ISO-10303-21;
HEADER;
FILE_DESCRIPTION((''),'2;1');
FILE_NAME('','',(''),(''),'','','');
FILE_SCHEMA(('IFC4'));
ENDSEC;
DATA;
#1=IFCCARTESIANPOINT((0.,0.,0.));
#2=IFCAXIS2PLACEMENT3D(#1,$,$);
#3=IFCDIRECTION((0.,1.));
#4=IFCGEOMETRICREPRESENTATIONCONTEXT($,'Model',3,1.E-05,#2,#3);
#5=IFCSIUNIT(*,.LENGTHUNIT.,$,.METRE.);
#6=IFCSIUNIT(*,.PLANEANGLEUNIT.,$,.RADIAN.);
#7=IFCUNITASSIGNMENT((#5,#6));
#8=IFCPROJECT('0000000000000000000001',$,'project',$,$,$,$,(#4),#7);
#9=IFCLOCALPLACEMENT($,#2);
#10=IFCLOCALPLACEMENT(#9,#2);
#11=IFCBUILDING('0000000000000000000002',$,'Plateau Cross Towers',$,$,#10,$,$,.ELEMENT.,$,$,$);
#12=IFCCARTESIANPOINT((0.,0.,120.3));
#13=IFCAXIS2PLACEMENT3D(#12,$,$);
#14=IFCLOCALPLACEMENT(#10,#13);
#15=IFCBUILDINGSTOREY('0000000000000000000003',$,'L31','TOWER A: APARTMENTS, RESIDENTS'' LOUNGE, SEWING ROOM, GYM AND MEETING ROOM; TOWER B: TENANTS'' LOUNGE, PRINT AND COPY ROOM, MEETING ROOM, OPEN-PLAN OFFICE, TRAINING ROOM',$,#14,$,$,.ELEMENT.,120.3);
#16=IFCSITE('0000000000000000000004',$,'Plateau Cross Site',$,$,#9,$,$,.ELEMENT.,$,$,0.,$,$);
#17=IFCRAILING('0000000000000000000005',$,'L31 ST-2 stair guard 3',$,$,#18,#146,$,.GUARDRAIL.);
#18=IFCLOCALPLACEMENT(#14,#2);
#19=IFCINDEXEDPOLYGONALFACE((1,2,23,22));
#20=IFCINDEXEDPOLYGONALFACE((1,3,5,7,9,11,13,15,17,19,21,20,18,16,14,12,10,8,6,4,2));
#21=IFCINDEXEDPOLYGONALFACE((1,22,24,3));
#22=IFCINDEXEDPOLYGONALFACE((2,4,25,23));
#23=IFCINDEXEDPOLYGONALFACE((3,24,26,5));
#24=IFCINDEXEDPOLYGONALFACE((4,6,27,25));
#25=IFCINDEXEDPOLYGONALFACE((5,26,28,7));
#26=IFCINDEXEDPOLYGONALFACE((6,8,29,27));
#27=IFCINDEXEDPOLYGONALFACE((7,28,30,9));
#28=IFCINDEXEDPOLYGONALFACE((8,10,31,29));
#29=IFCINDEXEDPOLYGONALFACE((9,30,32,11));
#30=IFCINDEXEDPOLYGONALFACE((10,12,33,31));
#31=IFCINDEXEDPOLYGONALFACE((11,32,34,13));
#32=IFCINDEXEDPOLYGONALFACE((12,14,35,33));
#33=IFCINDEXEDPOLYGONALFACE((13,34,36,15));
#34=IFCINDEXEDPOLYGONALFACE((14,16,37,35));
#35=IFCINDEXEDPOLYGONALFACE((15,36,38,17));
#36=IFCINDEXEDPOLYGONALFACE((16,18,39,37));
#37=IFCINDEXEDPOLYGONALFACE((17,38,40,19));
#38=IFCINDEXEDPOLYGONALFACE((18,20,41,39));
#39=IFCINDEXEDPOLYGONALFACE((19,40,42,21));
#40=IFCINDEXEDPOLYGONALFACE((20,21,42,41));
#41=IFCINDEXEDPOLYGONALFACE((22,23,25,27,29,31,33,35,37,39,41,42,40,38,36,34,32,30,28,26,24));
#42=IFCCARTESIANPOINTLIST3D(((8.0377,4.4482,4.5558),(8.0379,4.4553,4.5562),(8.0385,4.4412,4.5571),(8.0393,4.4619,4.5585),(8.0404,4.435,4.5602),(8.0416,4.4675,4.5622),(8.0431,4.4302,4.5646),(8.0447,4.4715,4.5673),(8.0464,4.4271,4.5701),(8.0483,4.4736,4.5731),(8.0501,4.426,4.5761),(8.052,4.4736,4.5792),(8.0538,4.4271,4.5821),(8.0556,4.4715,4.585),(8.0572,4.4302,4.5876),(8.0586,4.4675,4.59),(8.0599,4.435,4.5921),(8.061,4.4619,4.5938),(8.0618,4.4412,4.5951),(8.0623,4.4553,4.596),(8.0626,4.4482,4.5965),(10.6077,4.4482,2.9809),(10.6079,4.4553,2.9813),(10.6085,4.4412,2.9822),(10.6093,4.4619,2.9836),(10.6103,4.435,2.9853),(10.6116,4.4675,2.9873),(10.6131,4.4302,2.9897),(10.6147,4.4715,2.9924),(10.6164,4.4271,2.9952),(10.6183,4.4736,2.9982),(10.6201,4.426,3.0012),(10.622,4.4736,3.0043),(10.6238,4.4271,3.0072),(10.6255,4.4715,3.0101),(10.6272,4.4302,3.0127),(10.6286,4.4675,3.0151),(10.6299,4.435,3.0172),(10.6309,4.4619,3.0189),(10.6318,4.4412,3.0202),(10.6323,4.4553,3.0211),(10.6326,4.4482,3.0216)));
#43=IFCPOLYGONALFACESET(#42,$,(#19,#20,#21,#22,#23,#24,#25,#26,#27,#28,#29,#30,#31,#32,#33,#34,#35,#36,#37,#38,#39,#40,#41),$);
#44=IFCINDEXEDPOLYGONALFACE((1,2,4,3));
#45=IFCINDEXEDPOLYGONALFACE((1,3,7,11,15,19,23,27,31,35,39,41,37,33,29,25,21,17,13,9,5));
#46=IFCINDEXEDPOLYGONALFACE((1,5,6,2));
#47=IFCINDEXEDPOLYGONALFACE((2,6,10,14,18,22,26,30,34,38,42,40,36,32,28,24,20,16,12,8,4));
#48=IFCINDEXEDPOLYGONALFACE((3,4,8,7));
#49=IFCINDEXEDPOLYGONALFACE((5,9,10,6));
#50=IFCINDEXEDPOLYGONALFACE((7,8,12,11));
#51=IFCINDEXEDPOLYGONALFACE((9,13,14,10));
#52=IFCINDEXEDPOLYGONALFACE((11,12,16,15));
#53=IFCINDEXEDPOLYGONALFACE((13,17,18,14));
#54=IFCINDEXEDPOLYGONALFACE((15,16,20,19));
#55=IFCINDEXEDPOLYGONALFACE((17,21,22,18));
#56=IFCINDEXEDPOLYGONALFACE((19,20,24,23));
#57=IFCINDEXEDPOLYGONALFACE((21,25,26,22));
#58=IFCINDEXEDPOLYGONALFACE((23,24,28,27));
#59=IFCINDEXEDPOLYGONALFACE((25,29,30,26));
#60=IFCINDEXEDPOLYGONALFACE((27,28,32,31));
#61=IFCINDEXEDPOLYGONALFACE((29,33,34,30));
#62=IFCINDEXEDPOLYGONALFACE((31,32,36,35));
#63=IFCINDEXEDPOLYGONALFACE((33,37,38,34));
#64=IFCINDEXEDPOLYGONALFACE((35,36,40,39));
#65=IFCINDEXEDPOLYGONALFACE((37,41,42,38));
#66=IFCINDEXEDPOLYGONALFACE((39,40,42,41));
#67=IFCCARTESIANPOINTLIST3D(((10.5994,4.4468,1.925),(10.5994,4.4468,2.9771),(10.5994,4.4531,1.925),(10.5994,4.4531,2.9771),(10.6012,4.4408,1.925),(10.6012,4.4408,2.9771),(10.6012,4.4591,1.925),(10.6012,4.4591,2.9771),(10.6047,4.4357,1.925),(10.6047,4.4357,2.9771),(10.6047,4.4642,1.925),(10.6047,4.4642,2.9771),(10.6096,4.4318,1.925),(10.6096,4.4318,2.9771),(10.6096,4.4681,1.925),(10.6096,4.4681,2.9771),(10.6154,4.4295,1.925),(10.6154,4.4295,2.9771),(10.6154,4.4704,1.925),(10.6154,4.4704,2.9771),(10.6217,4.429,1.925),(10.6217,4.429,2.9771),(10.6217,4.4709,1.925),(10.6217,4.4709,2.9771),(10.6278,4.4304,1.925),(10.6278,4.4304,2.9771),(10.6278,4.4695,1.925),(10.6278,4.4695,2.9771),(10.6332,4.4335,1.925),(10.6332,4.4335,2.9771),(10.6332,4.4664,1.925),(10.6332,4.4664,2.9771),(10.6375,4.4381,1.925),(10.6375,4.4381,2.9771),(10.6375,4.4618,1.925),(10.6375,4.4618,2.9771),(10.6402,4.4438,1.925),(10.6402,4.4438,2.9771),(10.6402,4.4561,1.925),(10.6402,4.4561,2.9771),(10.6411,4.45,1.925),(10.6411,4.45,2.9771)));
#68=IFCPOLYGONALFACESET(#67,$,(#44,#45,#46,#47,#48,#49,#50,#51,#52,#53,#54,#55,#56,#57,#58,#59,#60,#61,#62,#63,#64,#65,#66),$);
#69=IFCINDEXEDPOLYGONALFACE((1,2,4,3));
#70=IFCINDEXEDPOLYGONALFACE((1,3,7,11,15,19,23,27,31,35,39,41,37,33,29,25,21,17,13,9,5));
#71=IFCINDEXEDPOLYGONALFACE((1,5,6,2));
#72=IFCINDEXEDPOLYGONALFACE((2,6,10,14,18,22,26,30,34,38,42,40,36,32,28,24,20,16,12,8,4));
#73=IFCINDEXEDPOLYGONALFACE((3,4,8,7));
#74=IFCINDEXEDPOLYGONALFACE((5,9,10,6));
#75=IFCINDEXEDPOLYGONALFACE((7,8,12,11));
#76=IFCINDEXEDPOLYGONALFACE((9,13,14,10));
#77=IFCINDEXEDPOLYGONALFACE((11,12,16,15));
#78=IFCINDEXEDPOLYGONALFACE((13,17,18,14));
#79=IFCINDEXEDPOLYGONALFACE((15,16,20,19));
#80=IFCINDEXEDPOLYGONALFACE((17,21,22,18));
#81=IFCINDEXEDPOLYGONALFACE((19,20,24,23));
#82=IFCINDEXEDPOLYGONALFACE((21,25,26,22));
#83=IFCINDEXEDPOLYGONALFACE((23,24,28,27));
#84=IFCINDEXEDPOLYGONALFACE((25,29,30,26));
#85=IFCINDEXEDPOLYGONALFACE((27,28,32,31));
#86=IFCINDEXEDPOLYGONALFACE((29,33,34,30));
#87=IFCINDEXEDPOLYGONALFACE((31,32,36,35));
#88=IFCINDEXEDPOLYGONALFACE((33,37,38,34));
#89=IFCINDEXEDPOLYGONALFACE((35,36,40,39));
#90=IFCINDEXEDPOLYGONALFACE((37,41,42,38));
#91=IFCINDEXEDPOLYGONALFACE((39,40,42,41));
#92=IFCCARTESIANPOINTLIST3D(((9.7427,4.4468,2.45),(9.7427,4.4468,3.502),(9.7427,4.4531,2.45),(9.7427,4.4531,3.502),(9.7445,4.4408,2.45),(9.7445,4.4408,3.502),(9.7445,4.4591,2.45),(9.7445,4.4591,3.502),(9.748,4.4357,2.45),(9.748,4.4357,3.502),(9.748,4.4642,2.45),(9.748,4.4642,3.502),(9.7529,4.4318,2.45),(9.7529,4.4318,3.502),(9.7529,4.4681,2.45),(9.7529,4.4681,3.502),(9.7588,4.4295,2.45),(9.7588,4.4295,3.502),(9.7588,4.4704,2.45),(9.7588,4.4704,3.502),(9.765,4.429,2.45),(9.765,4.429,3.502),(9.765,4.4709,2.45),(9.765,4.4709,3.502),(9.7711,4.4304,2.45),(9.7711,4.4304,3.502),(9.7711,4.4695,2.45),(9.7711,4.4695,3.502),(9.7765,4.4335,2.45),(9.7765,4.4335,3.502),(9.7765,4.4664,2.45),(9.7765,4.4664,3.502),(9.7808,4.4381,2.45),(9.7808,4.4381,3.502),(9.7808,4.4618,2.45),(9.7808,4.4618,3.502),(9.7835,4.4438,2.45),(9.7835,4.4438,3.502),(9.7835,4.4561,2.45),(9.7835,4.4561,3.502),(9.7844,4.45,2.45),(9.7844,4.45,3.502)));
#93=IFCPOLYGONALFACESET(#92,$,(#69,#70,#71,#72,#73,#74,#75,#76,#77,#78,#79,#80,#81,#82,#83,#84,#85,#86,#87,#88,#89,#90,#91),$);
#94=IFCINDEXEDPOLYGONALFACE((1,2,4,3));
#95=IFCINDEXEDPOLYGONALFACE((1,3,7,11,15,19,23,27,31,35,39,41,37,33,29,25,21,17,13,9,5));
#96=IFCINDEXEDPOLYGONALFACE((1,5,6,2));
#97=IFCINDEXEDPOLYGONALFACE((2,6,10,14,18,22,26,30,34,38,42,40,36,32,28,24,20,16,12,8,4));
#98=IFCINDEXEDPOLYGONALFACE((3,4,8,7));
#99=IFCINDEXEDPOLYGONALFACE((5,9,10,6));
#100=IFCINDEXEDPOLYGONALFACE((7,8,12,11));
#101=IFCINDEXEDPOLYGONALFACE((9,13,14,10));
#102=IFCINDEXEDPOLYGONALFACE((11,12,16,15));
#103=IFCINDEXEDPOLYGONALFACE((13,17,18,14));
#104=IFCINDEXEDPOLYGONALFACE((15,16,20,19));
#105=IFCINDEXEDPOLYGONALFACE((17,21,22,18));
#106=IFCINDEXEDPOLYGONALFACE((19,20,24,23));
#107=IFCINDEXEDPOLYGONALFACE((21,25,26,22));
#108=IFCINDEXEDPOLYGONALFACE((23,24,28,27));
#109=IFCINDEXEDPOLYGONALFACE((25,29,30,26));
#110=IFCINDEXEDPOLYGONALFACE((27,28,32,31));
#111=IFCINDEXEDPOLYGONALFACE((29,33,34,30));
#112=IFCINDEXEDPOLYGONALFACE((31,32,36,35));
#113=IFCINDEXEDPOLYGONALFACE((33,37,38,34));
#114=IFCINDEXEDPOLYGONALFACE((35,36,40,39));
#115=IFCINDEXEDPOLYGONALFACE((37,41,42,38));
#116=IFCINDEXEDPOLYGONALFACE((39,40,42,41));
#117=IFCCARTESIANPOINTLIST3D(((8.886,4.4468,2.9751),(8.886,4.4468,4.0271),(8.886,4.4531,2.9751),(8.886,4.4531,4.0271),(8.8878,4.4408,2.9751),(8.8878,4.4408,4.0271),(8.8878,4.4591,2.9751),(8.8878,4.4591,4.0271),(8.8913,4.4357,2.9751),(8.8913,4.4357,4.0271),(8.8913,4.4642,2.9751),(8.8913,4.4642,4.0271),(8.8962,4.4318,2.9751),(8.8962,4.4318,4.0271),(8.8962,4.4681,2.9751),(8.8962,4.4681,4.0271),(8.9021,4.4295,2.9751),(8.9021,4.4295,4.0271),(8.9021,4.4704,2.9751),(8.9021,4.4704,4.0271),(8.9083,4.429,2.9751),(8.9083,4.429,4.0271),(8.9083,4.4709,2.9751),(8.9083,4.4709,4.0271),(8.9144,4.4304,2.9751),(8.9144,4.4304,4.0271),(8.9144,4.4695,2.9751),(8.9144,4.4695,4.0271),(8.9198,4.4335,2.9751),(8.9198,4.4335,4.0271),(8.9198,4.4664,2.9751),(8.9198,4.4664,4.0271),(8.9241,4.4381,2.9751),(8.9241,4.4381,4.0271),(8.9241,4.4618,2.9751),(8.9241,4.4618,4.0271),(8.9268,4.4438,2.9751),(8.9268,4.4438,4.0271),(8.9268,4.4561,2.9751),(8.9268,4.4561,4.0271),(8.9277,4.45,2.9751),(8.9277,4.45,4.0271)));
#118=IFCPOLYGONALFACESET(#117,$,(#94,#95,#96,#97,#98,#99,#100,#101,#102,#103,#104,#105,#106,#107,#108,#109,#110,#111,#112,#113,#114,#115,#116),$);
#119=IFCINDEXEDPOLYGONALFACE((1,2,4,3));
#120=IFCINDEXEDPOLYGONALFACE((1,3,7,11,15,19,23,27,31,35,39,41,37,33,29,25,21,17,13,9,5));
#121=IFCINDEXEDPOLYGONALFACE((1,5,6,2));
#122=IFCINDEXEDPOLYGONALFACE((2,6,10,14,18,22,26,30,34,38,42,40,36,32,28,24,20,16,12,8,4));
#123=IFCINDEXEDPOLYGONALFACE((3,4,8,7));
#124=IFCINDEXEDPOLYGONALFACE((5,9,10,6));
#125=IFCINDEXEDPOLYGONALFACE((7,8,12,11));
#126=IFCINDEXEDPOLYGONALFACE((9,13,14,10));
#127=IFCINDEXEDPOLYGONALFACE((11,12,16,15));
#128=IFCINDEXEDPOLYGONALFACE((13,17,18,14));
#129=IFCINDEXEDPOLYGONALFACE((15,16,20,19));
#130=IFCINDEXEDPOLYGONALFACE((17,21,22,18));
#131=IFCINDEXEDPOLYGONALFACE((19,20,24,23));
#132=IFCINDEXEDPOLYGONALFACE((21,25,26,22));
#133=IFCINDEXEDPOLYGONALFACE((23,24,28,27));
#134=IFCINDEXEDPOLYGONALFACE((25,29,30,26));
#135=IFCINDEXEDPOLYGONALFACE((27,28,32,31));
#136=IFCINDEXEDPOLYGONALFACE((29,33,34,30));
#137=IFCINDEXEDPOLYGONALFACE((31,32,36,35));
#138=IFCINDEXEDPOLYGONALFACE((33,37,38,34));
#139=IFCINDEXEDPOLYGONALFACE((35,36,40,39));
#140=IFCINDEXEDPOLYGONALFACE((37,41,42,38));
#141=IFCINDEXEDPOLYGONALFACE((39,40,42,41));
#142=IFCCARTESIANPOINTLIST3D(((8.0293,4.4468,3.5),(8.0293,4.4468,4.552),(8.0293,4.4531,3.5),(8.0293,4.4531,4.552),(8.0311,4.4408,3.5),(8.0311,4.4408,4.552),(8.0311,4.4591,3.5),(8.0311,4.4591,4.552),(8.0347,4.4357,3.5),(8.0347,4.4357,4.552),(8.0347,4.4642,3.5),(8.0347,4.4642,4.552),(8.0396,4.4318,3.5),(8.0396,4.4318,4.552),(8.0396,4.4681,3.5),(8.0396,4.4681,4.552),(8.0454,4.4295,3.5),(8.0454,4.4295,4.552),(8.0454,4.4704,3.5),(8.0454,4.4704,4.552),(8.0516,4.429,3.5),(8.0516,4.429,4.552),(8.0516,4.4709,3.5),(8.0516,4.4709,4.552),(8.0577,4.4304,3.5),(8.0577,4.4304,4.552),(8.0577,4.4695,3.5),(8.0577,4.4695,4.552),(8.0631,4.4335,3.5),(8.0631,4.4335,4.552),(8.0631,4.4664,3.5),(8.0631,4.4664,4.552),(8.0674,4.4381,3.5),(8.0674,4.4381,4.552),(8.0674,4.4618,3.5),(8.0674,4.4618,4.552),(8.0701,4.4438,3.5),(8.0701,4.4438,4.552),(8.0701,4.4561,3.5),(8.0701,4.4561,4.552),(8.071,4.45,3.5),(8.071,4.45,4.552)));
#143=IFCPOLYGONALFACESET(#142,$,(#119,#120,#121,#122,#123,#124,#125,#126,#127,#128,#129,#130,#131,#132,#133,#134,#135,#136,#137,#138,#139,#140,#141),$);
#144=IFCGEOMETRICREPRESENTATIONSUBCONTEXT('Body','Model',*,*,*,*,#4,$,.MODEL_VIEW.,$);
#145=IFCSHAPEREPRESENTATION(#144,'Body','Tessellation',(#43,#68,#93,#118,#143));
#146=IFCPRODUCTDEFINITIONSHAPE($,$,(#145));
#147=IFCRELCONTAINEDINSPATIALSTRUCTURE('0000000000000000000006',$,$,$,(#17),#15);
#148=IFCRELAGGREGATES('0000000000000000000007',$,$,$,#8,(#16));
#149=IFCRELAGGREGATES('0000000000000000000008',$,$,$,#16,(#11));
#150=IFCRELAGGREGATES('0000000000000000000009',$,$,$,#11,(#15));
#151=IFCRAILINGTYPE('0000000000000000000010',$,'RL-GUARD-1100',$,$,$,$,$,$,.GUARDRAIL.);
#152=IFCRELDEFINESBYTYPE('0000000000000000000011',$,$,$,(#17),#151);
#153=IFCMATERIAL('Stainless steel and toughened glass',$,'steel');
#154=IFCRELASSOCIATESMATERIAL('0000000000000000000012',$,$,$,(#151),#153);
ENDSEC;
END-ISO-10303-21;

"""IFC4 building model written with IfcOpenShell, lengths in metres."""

from ifc_helpers import new_model, si_unit, direction, frame, origin, origin_2d, place, context, subcontext, project, spatial, circle, extrude, material, type_object, element, save


model = new_model("IFC4")

# Units and contexts
model_context = context("Model", 3, precision=1e-05, world=origin(), true_north=direction((0.0, 1.0)))
body_context = subcontext(model_context, "Body", "Model", "MODEL_VIEW")
ifc_project = project(units=[si_unit("LENGTHUNIT", "METRE"), si_unit("PLANEANGLEUNIT", "RADIAN")], contexts=[model_context])

# Site, building, storey
site_placement = place(None, origin())
site = spatial("IfcSite", under=ifc_project, at=site_placement, Name="Plateau Cross Site", CompositionType="ELEMENT", RefElevation=0.0)
building_placement = place(site_placement, origin())
building = spatial("IfcBuilding", under=site, at=building_placement, Name="Plateau Cross Towers", CompositionType="ELEMENT")
storey_placement = place(building_placement, frame((0.0, 0.0, 120.3)))
storey = spatial("IfcBuildingStorey", under=building, at=storey_placement, Name="L31", Description="TOWER A: APARTMENTS, RESIDENTS' LOUNGE, SEWING ROOM, GYM AND MEETING ROOM; TOWER B: TENANTS' LOUNGE, PRINT AND COPY ROOM, MEETING ROOM, OPEN-PLAN OFFICE, TRAINING ROOM", CompositionType="ELEMENT", Elevation=120.3)

# Railing
ifc_material_1 = material(Name="Stainless steel and toughened glass", Category="steel")
railing_type_1 = type_object("IfcRailingType", Name="RL-GUARD-1100", PredefinedType="GUARDRAIL", material=ifc_material_1)
railing_1_placement = place(storey_placement, frame((10.6201, 4.45, 1.925)))
element("IfcRailing", 1, at=railing_1_placement, inside=storey, type_object=railing_type_1, Name="L31 ST-2 stair guard 3", PredefinedType="GUARDRAIL", context=body_context, shape_type="SweptSolid", body=[
    extrude(circle(Radius=0.0239, at=origin_2d()), frame((0.0, 0.0, 1.0762), z_axis=(-0.852639, 0.0, 0.522501), x_axis=(0.0, -1.0, 0.0)), (0.0, 0.0, 1.0), 3.0142),
    extrude(circle(Radius=0.021, at=origin_2d()), origin(), (0.0, 0.0, 1.0), 1.052),
    extrude(circle(Radius=0.021, at=origin_2d()), frame((-0.8567, 0.0, 0.5249)), (0.0, 0.0, 1.0), 1.052),
    extrude(circle(Radius=0.021, at=origin_2d()), frame((-1.7134, 0.0, 1.05)), (0.0, 0.0, 1.0), 1.052),
    extrude(circle(Radius=0.021, at=origin_2d()), frame((-2.5701, 0.0, 1.575)), (0.0, 0.0, 1.0), 1.052),
])

save(model, "model.ifc")
